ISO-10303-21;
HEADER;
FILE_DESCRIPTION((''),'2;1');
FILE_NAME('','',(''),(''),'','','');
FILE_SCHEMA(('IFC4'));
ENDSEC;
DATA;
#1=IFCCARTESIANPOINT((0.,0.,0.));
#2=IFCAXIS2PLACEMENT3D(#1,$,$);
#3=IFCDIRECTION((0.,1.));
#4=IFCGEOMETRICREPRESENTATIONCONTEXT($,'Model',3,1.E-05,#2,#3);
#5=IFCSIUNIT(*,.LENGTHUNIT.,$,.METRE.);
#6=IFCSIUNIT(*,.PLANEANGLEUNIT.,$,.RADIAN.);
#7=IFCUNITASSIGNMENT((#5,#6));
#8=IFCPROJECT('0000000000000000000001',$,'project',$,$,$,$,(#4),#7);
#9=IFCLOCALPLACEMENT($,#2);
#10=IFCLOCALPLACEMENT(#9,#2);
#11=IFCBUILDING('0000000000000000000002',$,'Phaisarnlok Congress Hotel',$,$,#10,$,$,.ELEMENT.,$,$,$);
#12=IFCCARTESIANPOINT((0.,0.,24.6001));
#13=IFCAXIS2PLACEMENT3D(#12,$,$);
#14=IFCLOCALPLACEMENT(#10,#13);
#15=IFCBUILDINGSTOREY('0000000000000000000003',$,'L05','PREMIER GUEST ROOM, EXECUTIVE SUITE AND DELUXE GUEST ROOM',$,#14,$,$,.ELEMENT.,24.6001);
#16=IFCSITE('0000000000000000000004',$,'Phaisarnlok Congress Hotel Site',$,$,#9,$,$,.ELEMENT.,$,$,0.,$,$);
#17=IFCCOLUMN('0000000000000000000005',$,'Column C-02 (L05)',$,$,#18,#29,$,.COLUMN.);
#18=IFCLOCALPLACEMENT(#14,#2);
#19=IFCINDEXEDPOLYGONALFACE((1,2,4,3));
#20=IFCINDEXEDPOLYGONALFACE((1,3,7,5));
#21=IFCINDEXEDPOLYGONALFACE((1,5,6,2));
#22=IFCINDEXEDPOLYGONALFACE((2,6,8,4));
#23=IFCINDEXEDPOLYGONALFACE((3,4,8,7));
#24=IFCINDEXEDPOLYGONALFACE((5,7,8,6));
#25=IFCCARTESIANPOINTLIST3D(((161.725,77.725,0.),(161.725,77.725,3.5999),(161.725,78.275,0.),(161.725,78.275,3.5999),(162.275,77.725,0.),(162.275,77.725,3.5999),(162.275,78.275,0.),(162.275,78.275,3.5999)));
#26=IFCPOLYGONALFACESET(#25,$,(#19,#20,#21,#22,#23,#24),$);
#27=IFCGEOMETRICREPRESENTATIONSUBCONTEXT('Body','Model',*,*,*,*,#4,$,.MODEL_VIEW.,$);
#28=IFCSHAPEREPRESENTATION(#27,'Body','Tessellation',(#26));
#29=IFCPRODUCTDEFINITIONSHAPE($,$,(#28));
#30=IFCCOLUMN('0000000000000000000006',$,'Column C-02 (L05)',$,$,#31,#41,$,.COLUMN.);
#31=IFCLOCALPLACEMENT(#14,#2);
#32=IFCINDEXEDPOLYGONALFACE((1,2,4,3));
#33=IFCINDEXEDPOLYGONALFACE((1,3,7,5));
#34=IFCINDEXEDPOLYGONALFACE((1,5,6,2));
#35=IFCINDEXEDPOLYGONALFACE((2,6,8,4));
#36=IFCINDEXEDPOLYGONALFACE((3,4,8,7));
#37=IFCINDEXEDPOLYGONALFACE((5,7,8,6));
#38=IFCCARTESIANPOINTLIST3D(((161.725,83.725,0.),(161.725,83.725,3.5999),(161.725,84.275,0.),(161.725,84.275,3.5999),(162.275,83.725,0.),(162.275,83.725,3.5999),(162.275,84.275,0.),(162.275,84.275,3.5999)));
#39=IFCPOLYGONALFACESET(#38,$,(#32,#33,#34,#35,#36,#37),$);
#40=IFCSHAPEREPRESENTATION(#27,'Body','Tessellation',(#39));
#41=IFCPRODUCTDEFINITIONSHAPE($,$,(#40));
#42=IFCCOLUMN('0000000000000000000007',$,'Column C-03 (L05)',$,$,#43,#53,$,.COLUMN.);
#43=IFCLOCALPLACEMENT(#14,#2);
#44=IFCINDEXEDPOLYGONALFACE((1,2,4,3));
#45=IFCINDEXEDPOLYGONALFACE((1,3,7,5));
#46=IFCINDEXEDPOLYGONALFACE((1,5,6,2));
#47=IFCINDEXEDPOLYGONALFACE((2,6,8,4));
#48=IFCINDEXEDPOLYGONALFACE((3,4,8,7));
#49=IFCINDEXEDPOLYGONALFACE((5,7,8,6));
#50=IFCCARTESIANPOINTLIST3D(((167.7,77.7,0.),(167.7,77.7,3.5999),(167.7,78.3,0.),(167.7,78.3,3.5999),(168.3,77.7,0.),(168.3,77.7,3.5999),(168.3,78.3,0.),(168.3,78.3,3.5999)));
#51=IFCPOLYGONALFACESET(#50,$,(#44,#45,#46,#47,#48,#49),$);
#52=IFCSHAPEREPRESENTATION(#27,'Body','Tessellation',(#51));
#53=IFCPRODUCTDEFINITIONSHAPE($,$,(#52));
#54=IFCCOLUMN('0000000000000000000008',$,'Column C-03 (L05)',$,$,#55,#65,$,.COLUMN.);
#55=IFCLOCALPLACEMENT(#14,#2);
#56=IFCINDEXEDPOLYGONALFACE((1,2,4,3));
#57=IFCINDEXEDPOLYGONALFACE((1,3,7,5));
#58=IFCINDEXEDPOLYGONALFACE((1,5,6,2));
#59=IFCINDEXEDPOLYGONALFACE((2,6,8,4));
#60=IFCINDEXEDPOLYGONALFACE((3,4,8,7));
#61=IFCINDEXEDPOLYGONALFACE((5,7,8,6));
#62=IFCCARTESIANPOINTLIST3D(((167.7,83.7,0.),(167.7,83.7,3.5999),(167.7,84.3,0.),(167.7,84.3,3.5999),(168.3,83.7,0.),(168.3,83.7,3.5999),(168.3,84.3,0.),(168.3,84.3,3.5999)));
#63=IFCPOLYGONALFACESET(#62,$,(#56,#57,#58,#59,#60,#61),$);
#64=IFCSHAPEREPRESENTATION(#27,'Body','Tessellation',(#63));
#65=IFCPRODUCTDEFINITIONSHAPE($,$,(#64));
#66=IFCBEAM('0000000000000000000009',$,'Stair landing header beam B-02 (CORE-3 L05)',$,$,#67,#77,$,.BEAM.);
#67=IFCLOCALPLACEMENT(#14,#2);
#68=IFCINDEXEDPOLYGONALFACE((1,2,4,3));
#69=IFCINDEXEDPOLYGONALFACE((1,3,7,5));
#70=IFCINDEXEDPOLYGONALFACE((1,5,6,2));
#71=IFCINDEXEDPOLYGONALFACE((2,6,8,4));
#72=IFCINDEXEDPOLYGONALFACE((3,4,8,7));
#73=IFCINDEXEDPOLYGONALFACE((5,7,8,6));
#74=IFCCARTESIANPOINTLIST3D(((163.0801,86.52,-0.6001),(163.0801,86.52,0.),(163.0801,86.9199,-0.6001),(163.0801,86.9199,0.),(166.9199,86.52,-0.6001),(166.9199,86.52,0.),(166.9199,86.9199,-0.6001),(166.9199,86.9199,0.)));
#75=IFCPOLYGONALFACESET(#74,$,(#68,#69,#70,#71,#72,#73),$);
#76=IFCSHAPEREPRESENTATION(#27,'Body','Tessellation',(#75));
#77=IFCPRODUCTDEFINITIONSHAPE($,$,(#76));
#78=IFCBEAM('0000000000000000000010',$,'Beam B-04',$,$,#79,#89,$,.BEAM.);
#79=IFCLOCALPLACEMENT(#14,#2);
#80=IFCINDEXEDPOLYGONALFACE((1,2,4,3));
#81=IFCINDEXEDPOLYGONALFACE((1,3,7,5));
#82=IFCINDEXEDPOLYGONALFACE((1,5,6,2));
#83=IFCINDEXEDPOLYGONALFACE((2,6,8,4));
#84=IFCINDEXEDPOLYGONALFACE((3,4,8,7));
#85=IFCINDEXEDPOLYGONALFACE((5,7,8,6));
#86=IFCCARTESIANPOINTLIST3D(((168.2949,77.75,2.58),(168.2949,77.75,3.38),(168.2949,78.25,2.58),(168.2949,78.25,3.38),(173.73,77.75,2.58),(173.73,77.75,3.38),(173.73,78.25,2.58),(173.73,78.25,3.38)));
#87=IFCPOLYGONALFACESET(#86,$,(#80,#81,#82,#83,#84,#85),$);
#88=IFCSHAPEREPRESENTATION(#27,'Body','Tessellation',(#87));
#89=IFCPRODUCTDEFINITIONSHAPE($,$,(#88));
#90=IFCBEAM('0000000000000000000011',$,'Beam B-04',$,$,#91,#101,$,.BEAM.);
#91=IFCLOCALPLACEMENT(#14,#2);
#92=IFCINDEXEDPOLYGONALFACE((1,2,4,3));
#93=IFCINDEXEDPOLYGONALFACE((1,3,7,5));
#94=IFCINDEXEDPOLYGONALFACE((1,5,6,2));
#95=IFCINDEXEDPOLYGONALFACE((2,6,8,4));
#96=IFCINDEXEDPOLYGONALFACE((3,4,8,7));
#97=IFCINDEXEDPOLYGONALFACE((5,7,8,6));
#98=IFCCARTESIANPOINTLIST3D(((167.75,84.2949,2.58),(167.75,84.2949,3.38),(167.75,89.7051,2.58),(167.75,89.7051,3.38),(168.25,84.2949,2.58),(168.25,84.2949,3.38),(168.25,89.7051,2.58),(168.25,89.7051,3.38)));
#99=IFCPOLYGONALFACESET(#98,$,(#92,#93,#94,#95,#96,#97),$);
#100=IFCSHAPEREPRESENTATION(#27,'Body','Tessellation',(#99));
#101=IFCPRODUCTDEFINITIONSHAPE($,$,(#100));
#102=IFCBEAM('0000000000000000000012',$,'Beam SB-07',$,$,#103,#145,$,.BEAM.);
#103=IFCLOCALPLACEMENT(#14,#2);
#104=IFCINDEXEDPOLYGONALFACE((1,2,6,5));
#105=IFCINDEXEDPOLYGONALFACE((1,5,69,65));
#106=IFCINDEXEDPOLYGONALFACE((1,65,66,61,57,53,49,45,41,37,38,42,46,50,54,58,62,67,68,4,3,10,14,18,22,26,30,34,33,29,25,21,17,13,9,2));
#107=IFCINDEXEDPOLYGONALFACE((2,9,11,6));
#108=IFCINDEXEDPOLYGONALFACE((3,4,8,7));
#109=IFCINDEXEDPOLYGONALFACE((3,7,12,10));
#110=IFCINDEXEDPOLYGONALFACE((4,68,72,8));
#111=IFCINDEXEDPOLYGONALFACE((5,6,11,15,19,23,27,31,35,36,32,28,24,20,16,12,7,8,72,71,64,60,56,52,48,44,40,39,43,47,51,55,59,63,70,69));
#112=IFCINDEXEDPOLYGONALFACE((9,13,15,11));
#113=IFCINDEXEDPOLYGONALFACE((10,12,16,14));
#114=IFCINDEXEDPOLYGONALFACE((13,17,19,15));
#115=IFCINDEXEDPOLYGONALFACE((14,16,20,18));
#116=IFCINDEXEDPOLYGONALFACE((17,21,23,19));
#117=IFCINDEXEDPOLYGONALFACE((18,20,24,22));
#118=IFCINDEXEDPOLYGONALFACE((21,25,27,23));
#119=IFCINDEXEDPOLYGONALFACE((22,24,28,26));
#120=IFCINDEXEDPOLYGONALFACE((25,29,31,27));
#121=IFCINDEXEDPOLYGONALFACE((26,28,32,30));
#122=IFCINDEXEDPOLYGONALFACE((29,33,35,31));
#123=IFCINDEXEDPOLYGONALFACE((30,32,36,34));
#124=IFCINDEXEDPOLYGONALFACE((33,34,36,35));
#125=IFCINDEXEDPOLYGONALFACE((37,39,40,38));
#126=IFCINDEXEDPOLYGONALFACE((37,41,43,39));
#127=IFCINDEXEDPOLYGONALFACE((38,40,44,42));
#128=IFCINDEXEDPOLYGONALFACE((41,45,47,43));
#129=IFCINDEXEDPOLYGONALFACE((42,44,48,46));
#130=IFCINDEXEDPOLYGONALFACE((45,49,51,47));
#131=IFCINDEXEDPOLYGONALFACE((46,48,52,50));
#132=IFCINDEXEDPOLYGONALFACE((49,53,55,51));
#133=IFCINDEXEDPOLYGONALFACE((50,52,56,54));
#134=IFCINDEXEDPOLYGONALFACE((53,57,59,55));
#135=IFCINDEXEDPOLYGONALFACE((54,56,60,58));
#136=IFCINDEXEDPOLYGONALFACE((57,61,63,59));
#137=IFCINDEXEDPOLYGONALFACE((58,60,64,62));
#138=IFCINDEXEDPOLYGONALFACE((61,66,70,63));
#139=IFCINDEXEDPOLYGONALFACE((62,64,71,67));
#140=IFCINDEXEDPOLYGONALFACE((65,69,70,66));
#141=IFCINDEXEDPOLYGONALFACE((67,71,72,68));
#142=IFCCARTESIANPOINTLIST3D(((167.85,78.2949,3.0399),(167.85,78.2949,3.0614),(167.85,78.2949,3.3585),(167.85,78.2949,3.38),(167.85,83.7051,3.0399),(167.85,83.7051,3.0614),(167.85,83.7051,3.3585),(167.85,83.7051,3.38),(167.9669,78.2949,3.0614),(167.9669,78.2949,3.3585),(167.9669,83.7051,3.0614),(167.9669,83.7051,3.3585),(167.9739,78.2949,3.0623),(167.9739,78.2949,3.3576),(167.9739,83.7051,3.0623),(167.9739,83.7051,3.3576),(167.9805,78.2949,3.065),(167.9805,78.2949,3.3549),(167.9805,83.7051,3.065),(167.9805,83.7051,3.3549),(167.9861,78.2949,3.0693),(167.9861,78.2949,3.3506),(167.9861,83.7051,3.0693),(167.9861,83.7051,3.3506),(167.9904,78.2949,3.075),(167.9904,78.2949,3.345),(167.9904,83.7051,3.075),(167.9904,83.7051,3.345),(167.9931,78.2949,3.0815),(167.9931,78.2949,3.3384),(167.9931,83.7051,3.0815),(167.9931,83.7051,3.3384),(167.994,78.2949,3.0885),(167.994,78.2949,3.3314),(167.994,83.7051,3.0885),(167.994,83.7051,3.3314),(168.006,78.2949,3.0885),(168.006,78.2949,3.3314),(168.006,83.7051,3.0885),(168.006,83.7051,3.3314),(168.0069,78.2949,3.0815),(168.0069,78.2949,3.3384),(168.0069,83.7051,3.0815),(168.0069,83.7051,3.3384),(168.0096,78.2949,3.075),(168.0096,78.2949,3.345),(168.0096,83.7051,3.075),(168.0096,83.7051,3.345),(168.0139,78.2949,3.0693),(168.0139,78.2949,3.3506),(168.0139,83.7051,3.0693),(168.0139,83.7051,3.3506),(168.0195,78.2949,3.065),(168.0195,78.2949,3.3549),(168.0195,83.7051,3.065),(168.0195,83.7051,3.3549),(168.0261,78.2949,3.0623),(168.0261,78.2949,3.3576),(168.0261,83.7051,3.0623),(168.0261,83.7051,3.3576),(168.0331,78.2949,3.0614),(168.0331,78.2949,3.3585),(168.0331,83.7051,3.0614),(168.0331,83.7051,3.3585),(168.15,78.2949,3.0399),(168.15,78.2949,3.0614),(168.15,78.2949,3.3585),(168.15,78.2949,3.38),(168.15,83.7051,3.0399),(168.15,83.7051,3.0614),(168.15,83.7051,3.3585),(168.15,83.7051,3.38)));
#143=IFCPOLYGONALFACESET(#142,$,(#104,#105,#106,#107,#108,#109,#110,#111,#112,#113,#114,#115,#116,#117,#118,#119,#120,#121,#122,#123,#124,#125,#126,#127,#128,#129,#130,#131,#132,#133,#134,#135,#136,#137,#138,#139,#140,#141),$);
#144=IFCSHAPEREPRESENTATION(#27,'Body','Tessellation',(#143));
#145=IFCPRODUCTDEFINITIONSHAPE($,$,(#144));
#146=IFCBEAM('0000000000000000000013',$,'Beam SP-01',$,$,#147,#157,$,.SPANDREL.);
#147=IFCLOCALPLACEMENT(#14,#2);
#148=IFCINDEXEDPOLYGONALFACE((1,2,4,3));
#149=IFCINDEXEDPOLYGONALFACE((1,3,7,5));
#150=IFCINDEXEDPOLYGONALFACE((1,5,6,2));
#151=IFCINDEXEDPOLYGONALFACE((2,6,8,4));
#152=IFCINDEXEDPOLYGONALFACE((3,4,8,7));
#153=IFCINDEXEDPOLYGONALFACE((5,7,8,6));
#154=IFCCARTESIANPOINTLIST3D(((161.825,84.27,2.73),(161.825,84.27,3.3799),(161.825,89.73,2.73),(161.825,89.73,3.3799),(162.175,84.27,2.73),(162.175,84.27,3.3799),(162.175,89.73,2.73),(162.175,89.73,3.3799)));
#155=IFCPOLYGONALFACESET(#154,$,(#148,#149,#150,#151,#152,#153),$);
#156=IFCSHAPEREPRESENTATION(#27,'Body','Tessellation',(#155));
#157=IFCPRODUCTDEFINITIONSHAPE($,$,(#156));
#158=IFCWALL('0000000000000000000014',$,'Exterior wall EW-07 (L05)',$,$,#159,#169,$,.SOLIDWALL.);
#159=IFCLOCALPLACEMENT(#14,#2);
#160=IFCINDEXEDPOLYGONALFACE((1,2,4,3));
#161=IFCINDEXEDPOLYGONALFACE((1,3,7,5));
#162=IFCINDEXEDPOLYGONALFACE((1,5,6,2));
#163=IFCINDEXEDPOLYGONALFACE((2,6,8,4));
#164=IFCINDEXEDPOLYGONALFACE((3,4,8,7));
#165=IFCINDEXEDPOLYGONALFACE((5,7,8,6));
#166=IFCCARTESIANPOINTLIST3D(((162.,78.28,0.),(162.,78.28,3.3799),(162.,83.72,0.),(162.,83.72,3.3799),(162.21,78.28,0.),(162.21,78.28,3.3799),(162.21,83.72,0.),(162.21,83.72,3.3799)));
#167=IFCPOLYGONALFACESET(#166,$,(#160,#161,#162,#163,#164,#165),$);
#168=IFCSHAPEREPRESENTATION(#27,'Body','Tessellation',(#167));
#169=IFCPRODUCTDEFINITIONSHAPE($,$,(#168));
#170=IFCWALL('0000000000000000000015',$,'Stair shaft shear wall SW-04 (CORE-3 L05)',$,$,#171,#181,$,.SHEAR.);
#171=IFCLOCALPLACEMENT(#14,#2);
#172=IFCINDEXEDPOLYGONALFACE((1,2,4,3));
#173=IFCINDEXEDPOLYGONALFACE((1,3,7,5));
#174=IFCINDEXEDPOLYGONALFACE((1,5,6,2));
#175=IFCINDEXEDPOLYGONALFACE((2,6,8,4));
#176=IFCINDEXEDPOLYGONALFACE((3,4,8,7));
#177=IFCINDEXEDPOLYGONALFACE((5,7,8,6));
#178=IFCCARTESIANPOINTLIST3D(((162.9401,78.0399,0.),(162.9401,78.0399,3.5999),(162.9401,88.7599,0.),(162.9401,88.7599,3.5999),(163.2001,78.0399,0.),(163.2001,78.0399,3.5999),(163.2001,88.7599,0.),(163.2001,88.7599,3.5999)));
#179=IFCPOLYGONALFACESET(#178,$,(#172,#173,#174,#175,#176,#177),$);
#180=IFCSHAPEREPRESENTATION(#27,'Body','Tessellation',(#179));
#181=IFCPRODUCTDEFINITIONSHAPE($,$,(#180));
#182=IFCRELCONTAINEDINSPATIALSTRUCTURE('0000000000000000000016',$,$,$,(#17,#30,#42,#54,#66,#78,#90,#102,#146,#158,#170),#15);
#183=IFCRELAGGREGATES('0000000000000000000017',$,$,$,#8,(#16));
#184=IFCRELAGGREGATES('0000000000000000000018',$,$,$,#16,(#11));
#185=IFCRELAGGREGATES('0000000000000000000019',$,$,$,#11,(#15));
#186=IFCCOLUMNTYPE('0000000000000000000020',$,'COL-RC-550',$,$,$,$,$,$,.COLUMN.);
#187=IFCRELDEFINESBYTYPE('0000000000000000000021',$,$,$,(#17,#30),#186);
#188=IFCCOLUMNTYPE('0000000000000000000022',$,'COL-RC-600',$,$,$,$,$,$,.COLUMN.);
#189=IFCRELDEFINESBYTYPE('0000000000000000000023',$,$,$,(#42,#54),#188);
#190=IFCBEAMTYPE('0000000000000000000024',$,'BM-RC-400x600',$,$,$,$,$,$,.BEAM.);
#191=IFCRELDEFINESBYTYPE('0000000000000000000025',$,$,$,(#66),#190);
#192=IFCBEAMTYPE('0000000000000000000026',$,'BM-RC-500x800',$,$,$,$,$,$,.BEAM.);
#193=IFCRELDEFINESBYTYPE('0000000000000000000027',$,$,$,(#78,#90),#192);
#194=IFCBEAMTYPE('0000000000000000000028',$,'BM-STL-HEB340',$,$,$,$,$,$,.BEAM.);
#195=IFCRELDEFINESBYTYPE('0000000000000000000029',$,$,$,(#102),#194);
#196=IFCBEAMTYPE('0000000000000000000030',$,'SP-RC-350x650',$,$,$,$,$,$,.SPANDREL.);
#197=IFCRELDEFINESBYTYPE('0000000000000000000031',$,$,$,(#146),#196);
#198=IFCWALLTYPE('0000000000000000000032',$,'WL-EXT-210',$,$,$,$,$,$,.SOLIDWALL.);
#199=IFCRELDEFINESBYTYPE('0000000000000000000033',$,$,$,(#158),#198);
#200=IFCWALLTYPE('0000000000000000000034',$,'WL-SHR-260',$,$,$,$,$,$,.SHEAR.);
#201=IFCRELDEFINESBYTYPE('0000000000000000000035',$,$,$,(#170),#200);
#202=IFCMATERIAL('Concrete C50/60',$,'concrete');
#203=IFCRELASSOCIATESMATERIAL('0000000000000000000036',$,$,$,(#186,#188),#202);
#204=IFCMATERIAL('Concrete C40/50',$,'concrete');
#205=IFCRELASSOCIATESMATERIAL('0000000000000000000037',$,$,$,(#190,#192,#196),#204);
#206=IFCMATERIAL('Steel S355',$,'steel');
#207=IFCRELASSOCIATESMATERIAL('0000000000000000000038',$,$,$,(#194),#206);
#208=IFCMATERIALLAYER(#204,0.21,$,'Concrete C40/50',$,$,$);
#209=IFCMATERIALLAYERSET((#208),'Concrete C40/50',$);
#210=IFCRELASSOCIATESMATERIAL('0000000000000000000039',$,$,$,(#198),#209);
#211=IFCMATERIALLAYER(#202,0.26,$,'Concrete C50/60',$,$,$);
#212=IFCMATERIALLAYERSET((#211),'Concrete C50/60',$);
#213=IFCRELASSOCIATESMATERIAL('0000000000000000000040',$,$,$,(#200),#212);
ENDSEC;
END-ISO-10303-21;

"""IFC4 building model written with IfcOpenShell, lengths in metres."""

from ifc_helpers import new_model, si_unit, direction, frame, frame_2d, origin, origin_2d, place, context, subcontext, project, spatial, rectangle, i_section, extrude, material, layer, layer_set, material_profile, profile_set, type_object, element, save


model = new_model("IFC4")

# Units and contexts
model_context = context("Model", 3, precision=1e-05, world=origin(), true_north=direction((0.0, 1.0)))
body_context = subcontext(model_context, "Body", "Model", "MODEL_VIEW")
ifc_project = project(units=[si_unit("LENGTHUNIT", "METRE"), si_unit("PLANEANGLEUNIT", "RADIAN")], contexts=[model_context])

# Site, building, storey
site_placement = place(None, origin())
site = spatial("IfcSite", under=ifc_project, at=site_placement, Name="Phaisarnlok Congress Hotel Site", CompositionType="ELEMENT", RefElevation=0.0)
building_placement = place(site_placement, origin())
building = spatial("IfcBuilding", under=site, at=building_placement, Name="Phaisarnlok Congress Hotel", CompositionType="ELEMENT")
storey_placement = place(building_placement, frame((0.0, 0.0, 24.6001)))
storey = spatial("IfcBuildingStorey", under=building, at=storey_placement, Name="L05", Description="PREMIER GUEST ROOM, EXECUTIVE SUITE AND DELUXE GUEST ROOM", CompositionType="ELEMENT", Elevation=24.6001)

# Columns
ifc_material_1 = material(Name="Concrete C50/60", Category="concrete")
ifc_material_profile_1 = material_profile(ifc_material_1, rectangle(XDim=0.55, YDim=0.55, at=origin_2d()), Name="RC 550x550")
ifc_profile_set_1 = profile_set([ifc_material_profile_1], Name="Concrete C50/60")
column_type_1 = type_object("IfcColumnType", Name="COL-RC-550", PredefinedType="COLUMN", material=ifc_profile_set_1)
for number, where, z_axis, x_axis, name in (
    (1, (162.0, 78.0, 0.0), (0.0, 0.0, 1.0), (1.0, 0.0, 0.0), "Column C-02 (L05)"),
    (2, (162.0, 84.0, 0.0), (0.0, 0.0, 1.0), (1.0, 0.0, 0.0), "Column C-02 (L05)"),
):
    element("IfcColumn", number, at=place(storey_placement, frame(where, z_axis=z_axis, x_axis=x_axis)), inside=storey, type_object=column_type_1, Name=name, PredefinedType="COLUMN", context=body_context, shape_type="SweptSolid", body=[
        extrude(rectangle(XDim=0.55, YDim=0.55, at=origin_2d()), origin(), (0.0, 0.0, 1.0), 3.5999),
    ])
ifc_material_profile_2 = material_profile(ifc_material_1, rectangle(XDim=0.6001, YDim=0.6001, at=origin_2d()), Name="RC 600x600")
ifc_profile_set_2 = profile_set([ifc_material_profile_2], Name="Concrete C50/60")
column_type_2 = type_object("IfcColumnType", Name="COL-RC-600", PredefinedType="COLUMN", material=ifc_profile_set_2)
for number, where, z_axis, x_axis, name in (
    (3, (168.0, 78.0, 0.0), (0.0, 0.0, 1.0), (1.0, 0.0, 0.0), "Column C-03 (L05)"),
    (4, (168.0, 84.0, 0.0), (0.0, 0.0, 1.0), (1.0, 0.0, 0.0), "Column C-03 (L05)"),
):
    element("IfcColumn", number, at=place(storey_placement, frame(where, z_axis=z_axis, x_axis=x_axis)), inside=storey, type_object=column_type_2, Name=name, PredefinedType="COLUMN", context=body_context, shape_type="SweptSolid", body=[
        extrude(rectangle(XDim=0.6001, YDim=0.6001, at=origin_2d()), origin(), (0.0, 0.0, 1.0), 3.5999),
    ])

# Beams
ifc_material_2 = material(Name="Concrete C40/50", Category="concrete")
ifc_material_profile_3 = material_profile(ifc_material_2, rectangle(XDim=0.3999, YDim=0.6001, at=origin_2d()), Name="RC 400x600")
ifc_profile_set_3 = profile_set([ifc_material_profile_3], Name="Concrete C40/50")
beam_type_1 = type_object("IfcBeamType", Name="BM-RC-400x600", PredefinedType="BEAM", material=ifc_profile_set_3)
beam_1_placement = place(storey_placement, frame((163.0801, 86.72, -0.3), z_axis=(1.0, 0.0, 0.0), x_axis=(0.0, 1.0, 0.0)))
element("IfcBeam", 5, at=beam_1_placement, inside=storey, type_object=beam_type_1, Name="Stair landing header beam B-02 (CORE-3 L05)", PredefinedType="BEAM", context=body_context, shape_type="SweptSolid", body=[
    extrude(rectangle(XDim=0.3999, YDim=0.6001, at=origin_2d()), origin(), (0.0, 0.0, 1.0), 3.8398),
])
ifc_material_profile_4 = material_profile(ifc_material_2, rectangle(XDim=0.5, YDim=0.8, at=origin_2d()), Name="RC 500x800")
ifc_profile_set_4 = profile_set([ifc_material_profile_4], Name="Concrete C40/50")
beam_type_2 = type_object("IfcBeamType", Name="BM-RC-500x800", PredefinedType="BEAM", material=ifc_profile_set_4)
beam_2_placement = place(storey_placement, frame((168.2949, 78.0, 2.98), z_axis=(1.0, 0.0, 0.0), x_axis=(0.0, 1.0, 0.0)))
element("IfcBeam", 6, at=beam_2_placement, inside=storey, type_object=beam_type_2, Name="Beam B-04", PredefinedType="BEAM", context=body_context, shape_type="SweptSolid", body=[
    extrude(rectangle(XDim=0.5, YDim=0.8, at=origin_2d()), origin(), (0.0, 0.0, 1.0), 5.4351),
])
beam_3_placement = place(storey_placement, frame((168.0, 84.2949, 2.98), z_axis=(0.0, 1.0, 0.0), x_axis=(-1.0, 0.0, 0.0)))
element("IfcBeam", 7, at=beam_3_placement, inside=storey, type_object=beam_type_2, Name="Beam B-04", PredefinedType="BEAM", context=body_context, shape_type="SweptSolid", body=[
    extrude(rectangle(XDim=0.5, YDim=0.8, at=origin_2d()), origin(), (0.0, 0.0, 1.0), 5.4102),
])
ifc_material_3 = material(Name="Steel S355", Category="steel")
ifc_material_profile_5 = material_profile(ifc_material_3, i_section(OverallWidth=0.3, OverallDepth=0.3401, WebThickness=0.012, FlangeThickness=0.0215, FilletRadius=0.0271, at=origin_2d()), Name="HEB 340")
ifc_profile_set_5 = profile_set([ifc_material_profile_5], Name="Steel S355")
beam_type_3 = type_object("IfcBeamType", Name="BM-STL-HEB340", PredefinedType="BEAM", material=ifc_profile_set_5)
beam_4_placement = place(storey_placement, frame((168.0, 78.2949, 3.21), z_axis=(0.0, 1.0, 0.0), x_axis=(-1.0, 0.0, 0.0)))
element("IfcBeam", 8, at=beam_4_placement, inside=storey, type_object=beam_type_3, Name="Beam SB-07", PredefinedType="BEAM", context=body_context, shape_type="SweptSolid", body=[
    extrude(i_section(OverallWidth=0.3, OverallDepth=0.3401, WebThickness=0.012, FlangeThickness=0.0215, FilletRadius=0.0271, at=origin_2d()), origin(), (0.0, 0.0, 1.0), 5.4102),
])
ifc_material_profile_6 = material_profile(ifc_material_2, rectangle(XDim=0.3501, YDim=0.6499, at=origin_2d()), Name="RC 350x650")
ifc_profile_set_6 = profile_set([ifc_material_profile_6], Name="Concrete C40/50")
beam_type_4 = type_object("IfcBeamType", Name="SP-RC-350x650", PredefinedType="SPANDREL", material=ifc_profile_set_6)
beam_5_placement = place(storey_placement, frame((162.0, 84.27, 3.0549), z_axis=(0.0, 1.0, 0.0), x_axis=(-1.0, 0.0, 0.0)))
element("IfcBeam", 9, at=beam_5_placement, inside=storey, type_object=beam_type_4, Name="Beam SP-01", PredefinedType="SPANDREL", context=body_context, shape_type="SweptSolid", body=[
    extrude(rectangle(XDim=0.3501, YDim=0.6499, at=origin_2d()), origin(), (0.0, 0.0, 1.0), 5.46),
])

# Walls
ifc_layer_1 = layer(ifc_material_2, 0.21, Name="Concrete C40/50")
ifc_layer_set_1 = layer_set([ifc_layer_1], Name="Concrete C40/50")
wall_type_1 = type_object("IfcWallType", Name="WL-EXT-210", PredefinedType="SOLIDWALL", material=ifc_layer_set_1)
wall_1_placement = place(storey_placement, frame((162.105, 83.72, 0.0), z_axis=(0.0, 0.0, 1.0), x_axis=(0.0, -1.0, 0.0)))
element("IfcWall", 10, at=wall_1_placement, inside=storey, type_object=wall_type_1, Name="Exterior wall EW-07 (L05)", PredefinedType="SOLIDWALL", context=body_context, shape_type="SweptSolid", body=[
    extrude(rectangle(XDim=5.4399, YDim=0.21, at=frame_2d((2.72, 0.0))), origin(), (0.0, 0.0, 1.0), 3.3799),
])
ifc_layer_2 = layer(ifc_material_1, 0.26, Name="Concrete C50/60")
ifc_layer_set_2 = layer_set([ifc_layer_2], Name="Concrete C50/60")
wall_type_2 = type_object("IfcWallType", Name="WL-SHR-260", PredefinedType="SHEAR", material=ifc_layer_set_2)
for number, where, z_axis, x_axis, name in (
    (11, (163.0701, 78.04, 0.0), (0.0, 0.0, 1.0), (0.0, 1.0, 0.0), "Stair shaft shear wall SW-04 (CORE-3 L05)"),
):
    element("IfcWall", number, at=place(storey_placement, frame(where, z_axis=z_axis, x_axis=x_axis)), inside=storey, type_object=wall_type_2, Name=name, PredefinedType="SHEAR", context=body_context, shape_type="SweptSolid", body=[
        extrude(rectangle(XDim=10.72, YDim=0.26, at=frame_2d((5.3599, 0.0))), origin(), (0.0, 0.0, 1.0), 3.5999),
    ])

save(model, "model.ifc")
